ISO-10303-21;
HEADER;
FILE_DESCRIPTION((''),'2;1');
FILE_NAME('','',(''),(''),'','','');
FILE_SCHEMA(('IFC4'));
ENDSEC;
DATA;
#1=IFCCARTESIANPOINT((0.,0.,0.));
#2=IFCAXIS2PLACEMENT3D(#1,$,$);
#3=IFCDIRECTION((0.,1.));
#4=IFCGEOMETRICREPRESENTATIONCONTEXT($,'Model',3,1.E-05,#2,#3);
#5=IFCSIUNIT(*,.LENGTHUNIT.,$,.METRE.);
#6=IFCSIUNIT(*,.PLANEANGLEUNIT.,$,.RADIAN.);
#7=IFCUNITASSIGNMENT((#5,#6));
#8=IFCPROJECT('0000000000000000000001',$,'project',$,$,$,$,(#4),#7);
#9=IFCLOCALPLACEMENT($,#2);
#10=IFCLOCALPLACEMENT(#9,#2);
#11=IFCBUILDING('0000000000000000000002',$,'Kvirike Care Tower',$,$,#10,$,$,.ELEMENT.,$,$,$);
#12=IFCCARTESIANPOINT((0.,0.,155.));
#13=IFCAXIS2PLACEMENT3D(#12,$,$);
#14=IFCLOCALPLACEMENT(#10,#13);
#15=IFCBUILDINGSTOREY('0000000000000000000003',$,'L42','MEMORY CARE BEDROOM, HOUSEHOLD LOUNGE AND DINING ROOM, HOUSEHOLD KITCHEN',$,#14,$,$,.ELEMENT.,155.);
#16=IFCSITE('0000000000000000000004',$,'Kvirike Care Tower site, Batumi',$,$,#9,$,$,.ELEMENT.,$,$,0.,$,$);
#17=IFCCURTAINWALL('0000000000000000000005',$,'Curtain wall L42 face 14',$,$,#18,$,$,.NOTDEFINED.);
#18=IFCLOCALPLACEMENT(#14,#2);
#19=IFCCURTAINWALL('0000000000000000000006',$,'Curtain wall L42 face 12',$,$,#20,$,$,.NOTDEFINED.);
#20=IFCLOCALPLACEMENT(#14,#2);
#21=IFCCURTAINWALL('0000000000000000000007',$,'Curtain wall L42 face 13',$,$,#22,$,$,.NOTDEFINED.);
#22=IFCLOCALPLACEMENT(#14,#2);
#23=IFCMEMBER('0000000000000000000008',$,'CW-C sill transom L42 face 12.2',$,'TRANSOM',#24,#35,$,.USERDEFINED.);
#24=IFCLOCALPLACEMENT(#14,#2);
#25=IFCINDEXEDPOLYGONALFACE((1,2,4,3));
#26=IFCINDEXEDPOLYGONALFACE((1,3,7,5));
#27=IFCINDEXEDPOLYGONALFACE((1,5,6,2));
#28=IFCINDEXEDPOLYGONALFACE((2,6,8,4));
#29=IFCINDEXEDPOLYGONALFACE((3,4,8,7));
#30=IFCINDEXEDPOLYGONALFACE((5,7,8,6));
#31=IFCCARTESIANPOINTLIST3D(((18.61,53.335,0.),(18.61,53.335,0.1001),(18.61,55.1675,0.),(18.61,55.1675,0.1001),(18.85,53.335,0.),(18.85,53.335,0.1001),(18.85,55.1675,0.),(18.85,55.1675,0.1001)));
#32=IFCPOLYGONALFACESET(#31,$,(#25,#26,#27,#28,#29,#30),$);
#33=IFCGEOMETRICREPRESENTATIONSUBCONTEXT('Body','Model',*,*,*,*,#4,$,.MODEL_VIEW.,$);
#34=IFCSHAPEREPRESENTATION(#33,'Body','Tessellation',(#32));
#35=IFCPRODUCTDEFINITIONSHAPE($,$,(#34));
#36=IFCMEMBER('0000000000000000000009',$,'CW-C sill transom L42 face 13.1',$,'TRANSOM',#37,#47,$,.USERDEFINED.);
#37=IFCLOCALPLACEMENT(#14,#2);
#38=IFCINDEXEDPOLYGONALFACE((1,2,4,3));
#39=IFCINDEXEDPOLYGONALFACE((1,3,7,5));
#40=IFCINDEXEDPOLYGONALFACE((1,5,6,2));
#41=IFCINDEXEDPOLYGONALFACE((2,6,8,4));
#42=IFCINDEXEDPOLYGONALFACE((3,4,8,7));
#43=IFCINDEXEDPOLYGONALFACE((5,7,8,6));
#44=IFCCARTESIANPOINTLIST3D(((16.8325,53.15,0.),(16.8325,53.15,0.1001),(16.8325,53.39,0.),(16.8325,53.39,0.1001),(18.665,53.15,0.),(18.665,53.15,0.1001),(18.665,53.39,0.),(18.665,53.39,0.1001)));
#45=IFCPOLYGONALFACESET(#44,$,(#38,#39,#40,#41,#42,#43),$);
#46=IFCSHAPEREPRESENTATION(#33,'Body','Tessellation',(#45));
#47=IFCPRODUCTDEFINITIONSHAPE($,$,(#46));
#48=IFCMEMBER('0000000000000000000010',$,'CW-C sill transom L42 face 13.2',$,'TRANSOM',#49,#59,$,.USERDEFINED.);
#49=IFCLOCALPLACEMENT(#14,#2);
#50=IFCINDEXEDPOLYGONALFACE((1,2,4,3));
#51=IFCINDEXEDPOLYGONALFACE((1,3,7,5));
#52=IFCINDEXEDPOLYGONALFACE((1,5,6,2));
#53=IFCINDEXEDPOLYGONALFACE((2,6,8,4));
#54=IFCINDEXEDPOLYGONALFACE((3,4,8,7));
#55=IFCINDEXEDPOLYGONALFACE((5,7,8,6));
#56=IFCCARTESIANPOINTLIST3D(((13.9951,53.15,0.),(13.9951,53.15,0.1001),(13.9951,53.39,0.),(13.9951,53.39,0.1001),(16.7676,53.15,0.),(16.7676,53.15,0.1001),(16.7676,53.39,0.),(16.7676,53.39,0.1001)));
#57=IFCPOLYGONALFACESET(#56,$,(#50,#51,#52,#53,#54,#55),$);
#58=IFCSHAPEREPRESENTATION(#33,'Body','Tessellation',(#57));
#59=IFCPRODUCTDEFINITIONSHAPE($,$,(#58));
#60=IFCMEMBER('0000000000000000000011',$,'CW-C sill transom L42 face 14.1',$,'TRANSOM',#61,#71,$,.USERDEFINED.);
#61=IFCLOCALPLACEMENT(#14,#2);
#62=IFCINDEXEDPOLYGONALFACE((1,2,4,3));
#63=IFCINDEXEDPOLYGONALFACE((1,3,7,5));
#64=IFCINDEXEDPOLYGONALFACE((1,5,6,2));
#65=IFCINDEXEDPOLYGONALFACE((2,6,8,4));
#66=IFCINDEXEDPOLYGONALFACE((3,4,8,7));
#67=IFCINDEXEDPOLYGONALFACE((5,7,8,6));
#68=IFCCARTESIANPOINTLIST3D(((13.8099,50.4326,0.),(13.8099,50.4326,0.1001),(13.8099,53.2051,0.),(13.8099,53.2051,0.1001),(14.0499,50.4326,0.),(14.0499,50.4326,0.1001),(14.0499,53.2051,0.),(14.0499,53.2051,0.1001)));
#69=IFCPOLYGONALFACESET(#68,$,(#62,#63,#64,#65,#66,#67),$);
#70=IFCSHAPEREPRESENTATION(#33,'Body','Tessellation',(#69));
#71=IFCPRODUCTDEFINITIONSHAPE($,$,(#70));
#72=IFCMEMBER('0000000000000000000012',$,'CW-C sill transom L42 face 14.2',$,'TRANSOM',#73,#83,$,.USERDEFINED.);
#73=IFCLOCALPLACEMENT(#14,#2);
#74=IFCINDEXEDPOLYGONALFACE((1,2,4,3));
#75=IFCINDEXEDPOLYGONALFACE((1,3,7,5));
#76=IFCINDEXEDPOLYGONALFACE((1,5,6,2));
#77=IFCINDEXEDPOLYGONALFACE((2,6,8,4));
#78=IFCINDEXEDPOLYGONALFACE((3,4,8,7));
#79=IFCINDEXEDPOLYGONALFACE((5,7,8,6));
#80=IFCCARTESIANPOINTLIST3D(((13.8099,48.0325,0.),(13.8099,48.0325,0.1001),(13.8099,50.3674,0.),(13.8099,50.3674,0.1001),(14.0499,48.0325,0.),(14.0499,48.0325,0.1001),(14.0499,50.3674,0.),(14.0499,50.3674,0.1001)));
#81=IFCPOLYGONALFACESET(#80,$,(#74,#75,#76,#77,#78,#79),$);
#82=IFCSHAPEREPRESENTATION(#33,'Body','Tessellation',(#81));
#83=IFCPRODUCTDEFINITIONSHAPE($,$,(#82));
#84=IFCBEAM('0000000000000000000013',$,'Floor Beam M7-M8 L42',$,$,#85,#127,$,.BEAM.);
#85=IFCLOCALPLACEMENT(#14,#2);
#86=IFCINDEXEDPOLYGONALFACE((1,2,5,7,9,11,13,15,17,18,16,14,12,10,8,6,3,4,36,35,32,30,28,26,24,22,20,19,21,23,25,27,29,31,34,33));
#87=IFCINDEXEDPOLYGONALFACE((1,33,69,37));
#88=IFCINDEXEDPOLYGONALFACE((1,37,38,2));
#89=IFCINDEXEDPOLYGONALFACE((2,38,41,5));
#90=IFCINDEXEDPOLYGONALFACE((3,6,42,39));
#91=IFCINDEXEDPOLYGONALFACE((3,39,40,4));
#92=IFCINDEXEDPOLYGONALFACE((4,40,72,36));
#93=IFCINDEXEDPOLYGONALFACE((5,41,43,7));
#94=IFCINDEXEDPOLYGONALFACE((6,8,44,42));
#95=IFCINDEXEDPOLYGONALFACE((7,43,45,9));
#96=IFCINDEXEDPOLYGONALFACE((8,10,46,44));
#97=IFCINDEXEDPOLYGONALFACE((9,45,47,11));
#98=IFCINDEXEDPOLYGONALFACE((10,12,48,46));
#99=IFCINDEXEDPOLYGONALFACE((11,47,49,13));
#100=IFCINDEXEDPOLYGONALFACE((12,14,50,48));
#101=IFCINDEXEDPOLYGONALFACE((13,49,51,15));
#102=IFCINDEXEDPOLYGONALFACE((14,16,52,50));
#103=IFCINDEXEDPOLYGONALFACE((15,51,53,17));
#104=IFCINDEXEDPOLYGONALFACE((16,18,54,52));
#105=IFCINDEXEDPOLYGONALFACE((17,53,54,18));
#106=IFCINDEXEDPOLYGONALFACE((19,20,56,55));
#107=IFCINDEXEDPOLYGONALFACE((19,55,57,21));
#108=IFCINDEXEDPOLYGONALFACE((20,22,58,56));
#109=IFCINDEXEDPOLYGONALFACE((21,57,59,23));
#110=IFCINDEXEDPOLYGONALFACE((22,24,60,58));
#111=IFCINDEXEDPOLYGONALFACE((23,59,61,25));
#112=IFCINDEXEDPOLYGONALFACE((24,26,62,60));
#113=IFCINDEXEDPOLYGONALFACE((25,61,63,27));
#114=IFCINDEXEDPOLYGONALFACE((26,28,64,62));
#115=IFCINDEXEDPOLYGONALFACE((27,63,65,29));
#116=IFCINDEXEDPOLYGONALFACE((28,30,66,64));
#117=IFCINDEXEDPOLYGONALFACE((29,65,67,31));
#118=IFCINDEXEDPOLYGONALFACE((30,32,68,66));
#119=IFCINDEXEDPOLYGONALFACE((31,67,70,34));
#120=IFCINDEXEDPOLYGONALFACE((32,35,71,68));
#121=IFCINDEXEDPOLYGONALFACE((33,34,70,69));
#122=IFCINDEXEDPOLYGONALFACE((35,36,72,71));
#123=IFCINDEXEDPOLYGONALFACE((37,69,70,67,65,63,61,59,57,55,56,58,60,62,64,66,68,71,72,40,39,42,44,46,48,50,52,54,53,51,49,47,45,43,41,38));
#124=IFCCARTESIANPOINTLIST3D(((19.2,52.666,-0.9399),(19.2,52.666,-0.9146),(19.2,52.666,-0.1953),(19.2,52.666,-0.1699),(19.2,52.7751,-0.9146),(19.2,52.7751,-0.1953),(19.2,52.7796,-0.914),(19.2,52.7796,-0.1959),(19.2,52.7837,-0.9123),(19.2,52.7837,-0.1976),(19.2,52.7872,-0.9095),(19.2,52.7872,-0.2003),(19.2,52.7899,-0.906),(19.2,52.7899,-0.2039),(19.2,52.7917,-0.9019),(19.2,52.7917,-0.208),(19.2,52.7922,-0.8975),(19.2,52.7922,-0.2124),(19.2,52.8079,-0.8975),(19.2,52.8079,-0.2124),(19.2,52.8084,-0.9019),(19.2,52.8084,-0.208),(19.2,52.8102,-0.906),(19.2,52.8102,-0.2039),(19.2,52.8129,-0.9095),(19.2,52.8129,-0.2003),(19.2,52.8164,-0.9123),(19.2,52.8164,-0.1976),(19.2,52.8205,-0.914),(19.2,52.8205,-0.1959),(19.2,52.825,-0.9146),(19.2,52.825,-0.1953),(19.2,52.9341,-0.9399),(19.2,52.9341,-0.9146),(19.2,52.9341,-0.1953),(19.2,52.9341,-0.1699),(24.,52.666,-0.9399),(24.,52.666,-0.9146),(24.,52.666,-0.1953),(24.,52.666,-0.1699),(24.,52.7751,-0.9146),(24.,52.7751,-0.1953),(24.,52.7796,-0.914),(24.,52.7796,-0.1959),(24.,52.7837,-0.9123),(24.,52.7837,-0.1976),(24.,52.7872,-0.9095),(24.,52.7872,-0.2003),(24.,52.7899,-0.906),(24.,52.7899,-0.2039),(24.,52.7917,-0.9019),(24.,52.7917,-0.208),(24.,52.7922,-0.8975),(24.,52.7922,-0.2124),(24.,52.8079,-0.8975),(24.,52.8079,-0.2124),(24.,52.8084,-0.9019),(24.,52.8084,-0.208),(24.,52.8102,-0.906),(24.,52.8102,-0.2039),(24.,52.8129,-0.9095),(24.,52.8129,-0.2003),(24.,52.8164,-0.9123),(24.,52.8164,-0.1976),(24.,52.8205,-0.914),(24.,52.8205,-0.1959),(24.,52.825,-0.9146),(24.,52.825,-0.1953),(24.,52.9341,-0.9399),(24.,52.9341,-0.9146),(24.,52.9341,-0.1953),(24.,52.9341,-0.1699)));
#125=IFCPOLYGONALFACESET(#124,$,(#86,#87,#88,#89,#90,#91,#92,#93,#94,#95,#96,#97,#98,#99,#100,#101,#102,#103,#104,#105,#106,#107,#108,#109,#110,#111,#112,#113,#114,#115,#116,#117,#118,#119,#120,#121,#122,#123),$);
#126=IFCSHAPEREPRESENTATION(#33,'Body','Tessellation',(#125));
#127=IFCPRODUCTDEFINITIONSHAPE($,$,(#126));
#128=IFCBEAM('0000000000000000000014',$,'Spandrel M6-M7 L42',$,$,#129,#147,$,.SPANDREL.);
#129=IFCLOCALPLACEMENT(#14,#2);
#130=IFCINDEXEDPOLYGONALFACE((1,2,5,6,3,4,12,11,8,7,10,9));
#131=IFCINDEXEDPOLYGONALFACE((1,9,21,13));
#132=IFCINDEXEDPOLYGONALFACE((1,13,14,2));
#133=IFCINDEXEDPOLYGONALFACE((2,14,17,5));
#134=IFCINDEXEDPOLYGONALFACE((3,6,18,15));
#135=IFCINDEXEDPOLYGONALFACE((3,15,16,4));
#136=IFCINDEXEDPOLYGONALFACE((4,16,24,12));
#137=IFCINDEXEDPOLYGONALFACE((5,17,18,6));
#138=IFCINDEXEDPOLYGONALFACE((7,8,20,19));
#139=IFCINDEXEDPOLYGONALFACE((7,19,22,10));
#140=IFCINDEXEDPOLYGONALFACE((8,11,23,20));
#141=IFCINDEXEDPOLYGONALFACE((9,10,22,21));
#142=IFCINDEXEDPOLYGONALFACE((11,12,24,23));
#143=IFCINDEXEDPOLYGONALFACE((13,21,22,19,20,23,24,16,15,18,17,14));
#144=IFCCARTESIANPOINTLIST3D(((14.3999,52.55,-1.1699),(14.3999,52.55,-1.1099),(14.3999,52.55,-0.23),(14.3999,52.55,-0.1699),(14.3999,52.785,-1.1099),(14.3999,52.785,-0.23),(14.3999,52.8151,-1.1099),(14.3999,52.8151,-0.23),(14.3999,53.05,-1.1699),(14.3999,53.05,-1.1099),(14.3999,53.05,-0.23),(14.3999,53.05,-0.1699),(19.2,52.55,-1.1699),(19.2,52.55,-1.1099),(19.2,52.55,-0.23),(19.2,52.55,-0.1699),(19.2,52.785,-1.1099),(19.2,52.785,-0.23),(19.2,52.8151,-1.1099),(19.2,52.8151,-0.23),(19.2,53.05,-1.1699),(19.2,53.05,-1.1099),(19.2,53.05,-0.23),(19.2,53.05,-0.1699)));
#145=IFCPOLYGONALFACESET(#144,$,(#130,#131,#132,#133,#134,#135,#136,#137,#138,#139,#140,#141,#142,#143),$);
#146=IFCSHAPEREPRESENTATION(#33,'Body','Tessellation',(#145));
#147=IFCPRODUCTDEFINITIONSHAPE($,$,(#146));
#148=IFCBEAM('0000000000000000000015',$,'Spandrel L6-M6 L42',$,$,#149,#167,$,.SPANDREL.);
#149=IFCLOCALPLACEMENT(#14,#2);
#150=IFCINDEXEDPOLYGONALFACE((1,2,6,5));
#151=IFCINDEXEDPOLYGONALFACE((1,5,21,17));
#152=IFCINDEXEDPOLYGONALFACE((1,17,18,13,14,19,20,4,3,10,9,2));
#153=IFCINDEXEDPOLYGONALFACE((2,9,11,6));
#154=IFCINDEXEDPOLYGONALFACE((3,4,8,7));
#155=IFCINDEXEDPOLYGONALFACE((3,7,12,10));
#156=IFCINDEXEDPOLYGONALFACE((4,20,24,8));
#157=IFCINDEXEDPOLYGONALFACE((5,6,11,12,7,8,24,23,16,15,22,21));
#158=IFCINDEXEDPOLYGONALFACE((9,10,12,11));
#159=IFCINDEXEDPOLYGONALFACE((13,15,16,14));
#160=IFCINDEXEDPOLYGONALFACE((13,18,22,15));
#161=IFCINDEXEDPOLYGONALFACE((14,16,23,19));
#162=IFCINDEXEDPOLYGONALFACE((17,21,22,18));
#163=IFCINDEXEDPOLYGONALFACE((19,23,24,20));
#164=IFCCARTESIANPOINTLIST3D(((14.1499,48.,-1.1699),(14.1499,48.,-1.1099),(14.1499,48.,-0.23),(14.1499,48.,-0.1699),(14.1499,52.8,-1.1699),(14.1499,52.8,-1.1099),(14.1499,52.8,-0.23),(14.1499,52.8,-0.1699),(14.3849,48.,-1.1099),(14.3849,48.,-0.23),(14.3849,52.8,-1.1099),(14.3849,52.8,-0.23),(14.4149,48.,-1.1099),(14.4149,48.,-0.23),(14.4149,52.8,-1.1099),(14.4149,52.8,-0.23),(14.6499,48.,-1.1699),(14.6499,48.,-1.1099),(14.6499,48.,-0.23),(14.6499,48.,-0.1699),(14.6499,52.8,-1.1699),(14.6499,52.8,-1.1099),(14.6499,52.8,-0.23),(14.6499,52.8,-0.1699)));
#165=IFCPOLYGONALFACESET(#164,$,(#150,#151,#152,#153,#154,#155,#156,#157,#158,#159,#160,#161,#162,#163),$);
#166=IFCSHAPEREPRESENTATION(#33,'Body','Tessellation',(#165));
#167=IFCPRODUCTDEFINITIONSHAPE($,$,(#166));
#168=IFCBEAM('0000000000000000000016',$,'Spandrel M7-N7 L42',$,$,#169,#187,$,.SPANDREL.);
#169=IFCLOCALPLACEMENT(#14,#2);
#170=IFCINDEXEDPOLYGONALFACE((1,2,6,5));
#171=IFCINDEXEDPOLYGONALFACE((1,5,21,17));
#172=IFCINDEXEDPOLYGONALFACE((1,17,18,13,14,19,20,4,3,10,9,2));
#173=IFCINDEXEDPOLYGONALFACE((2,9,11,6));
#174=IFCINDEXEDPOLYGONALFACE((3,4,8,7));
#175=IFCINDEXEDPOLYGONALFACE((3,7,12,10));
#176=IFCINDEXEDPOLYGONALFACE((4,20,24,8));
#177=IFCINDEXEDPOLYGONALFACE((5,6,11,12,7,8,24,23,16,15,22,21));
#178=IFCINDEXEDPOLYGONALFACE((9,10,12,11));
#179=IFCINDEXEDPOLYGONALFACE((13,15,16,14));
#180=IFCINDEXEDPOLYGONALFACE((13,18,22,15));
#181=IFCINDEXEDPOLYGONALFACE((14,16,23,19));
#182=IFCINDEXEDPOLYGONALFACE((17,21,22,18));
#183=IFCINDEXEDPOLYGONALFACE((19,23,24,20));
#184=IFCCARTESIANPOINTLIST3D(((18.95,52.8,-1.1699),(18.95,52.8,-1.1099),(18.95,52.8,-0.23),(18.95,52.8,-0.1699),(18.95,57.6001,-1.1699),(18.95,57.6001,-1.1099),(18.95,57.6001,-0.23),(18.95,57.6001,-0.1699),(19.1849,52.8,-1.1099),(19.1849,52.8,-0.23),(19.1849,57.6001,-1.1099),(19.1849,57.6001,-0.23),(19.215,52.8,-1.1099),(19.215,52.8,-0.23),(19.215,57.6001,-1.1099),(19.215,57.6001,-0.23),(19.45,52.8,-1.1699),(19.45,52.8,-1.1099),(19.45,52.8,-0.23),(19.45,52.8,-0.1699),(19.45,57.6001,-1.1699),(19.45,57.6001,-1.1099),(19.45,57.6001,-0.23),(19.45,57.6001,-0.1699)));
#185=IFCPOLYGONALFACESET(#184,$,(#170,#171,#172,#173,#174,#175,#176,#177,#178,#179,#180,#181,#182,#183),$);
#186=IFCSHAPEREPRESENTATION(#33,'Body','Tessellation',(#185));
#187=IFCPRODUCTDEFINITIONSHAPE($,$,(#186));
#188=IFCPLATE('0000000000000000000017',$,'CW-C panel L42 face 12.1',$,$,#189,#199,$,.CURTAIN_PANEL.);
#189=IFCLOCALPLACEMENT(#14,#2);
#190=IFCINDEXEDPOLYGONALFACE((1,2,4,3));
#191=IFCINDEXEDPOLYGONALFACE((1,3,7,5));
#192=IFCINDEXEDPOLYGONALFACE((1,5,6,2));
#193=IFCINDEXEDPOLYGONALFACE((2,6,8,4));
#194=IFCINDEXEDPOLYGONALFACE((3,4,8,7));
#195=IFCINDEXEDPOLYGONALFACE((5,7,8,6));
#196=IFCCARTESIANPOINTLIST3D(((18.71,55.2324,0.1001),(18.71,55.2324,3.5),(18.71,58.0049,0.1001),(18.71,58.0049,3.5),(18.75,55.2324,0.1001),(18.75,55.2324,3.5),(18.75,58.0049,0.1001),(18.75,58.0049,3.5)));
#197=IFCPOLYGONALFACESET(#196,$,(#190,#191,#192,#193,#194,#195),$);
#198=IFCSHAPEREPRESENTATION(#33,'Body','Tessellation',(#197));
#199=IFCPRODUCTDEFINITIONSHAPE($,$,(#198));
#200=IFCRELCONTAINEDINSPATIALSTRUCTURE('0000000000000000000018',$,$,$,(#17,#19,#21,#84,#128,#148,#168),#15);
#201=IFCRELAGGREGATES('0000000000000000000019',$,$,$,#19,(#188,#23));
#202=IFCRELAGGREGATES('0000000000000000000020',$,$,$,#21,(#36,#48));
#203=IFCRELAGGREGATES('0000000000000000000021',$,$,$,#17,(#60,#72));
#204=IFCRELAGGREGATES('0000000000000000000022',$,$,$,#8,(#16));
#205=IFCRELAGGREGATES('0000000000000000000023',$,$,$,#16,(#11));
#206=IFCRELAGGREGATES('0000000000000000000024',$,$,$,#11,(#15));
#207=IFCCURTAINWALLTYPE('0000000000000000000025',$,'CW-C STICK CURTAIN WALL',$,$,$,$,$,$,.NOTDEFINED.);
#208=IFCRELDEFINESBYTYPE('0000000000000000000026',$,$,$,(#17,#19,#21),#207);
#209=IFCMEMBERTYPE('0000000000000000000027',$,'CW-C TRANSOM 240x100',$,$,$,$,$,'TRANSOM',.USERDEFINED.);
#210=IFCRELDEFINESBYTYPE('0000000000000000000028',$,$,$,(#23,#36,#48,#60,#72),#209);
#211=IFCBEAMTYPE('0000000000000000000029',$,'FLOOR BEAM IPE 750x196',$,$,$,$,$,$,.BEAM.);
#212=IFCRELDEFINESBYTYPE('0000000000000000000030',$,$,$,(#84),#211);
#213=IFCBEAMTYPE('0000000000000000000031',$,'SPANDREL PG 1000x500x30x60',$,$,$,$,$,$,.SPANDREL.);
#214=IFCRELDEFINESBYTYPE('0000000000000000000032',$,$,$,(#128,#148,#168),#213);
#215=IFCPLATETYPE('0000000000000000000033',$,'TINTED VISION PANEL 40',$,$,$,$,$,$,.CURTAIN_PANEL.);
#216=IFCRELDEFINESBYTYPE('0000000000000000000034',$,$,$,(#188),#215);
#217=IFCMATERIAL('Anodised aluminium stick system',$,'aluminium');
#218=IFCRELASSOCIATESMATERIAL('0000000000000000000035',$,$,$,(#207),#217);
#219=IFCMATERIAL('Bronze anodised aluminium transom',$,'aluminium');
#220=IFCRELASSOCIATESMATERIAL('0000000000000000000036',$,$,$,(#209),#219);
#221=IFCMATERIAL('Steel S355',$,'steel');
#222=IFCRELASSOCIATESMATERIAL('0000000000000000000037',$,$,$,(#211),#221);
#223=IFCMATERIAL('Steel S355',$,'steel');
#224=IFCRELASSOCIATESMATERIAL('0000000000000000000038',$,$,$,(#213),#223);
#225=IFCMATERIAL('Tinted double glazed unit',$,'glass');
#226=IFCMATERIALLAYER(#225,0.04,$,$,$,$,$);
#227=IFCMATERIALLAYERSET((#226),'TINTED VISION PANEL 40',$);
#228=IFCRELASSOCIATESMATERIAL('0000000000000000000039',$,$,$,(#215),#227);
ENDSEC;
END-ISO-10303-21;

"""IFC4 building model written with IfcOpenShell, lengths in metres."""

from ifc_helpers import new_model, si_unit, direction, frame, origin, origin_2d, place, context, subcontext, project, spatial, rectangle, i_section, extrude, material, layer, layer_set, material_profile, profile_set, type_object, element, aggregate, save


model = new_model("IFC4")

# Units and contexts
model_context = context("Model", 3, precision=1e-05, world=origin(), true_north=direction((0.0, 1.0)))
body_context = subcontext(model_context, "Body", "Model", "MODEL_VIEW")
ifc_project = project(units=[si_unit("LENGTHUNIT", "METRE"), si_unit("PLANEANGLEUNIT", "RADIAN")], contexts=[model_context])

# Site, building, storey
site_placement = place(None, origin())
site = spatial("IfcSite", under=ifc_project, at=site_placement, Name="Kvirike Care Tower site, Batumi", CompositionType="ELEMENT", RefElevation=0.0)
building_placement = place(site_placement, origin())
building = spatial("IfcBuilding", under=site, at=building_placement, Name="Kvirike Care Tower", CompositionType="ELEMENT")
storey_placement = place(building_placement, frame((0.0, 0.0, 155.0)))
storey = spatial("IfcBuildingStorey", under=building, at=storey_placement, Name="L42", Description="MEMORY CARE BEDROOM, HOUSEHOLD LOUNGE AND DINING ROOM, HOUSEHOLD KITCHEN", CompositionType="ELEMENT", Elevation=155.0)

# Curtain wall
ifc_material_1 = material(Name="Anodised aluminium stick system", Category="aluminium")
curtain_wall_type = type_object("IfcCurtainWallType", Name="CW-C STICK CURTAIN WALL", PredefinedType="NOTDEFINED", material=ifc_material_1)
curtain_wall_1_placement = place(storey_placement, origin())
curtain_wall_1 = element("IfcCurtainWall", 1, at=curtain_wall_1_placement, inside=storey, type_object=curtain_wall_type, Name="Curtain wall L42 face 14", PredefinedType="NOTDEFINED")

# Curtain walls
curtain_wall_2_placement = place(storey_placement, origin())
curtain_wall_2 = element("IfcCurtainWall", 2, at=curtain_wall_2_placement, inside=storey, type_object=curtain_wall_type, Name="Curtain wall L42 face 12", PredefinedType="NOTDEFINED")
curtain_wall_3_placement = place(storey_placement, origin())
curtain_wall_3 = element("IfcCurtainWall", 3, at=curtain_wall_3_placement, inside=storey, type_object=curtain_wall_type, Name="Curtain wall L42 face 13", PredefinedType="NOTDEFINED")

# Members
ifc_material_2 = material(Name="Bronze anodised aluminium transom", Category="aluminium")
ifc_material_profile_1 = material_profile(ifc_material_2, rectangle(XDim=0.24, YDim=0.1001, at=origin_2d()), Name="CW-C TRANSOM 240x100")
ifc_profile_set_1 = profile_set([ifc_material_profile_1], Name="Bronze anodised aluminium transom")
member_type_1 = type_object("IfcMemberType", Name="CW-C TRANSOM 240x100", ElementType="TRANSOM", PredefinedType="USERDEFINED", material=ifc_profile_set_1)
member_1_placement = place(storey_placement, frame((18.73, 55.1675, 0.05), z_axis=(0.0, -1.0, 0.0), x_axis=(1.0, 0.0, 0.0)))
member_1 = element("IfcMember", 4, at=member_1_placement, type_object=member_type_1, Name="CW-C sill transom L42 face 12.2", ObjectType="TRANSOM", PredefinedType="USERDEFINED", context=body_context, shape_type="SweptSolid", body=[
    extrude(rectangle(XDim=0.24, YDim=0.1001, at=origin_2d()), origin(), (0.0, 0.0, 1.0), 1.8325),
])
member_2_placement = place(storey_placement, frame((18.665, 53.27, 0.05), z_axis=(-1.0, 0.0, 0.0), x_axis=(0.0, -1.0, 0.0)))
member_2 = element("IfcMember", 5, at=member_2_placement, type_object=member_type_1, Name="CW-C sill transom L42 face 13.1", ObjectType="TRANSOM", PredefinedType="USERDEFINED", context=body_context, shape_type="SweptSolid", body=[
    extrude(rectangle(XDim=0.24, YDim=0.1001, at=origin_2d()), origin(), (0.0, 0.0, 1.0), 1.8325),
])
member_3_placement = place(storey_placement, frame((16.7676, 53.27, 0.05), z_axis=(-1.0, 0.0, 0.0), x_axis=(0.0, -1.0, 0.0)))
member_3 = element("IfcMember", 6, at=member_3_placement, type_object=member_type_1, Name="CW-C sill transom L42 face 13.2", ObjectType="TRANSOM", PredefinedType="USERDEFINED", context=body_context, shape_type="SweptSolid", body=[
    extrude(rectangle(XDim=0.24, YDim=0.1001, at=origin_2d()), origin(), (0.0, 0.0, 1.0), 2.7725),
])
member_4_placement = place(storey_placement, frame((13.9299, 53.2051, 0.05), z_axis=(0.0, -1.0, 0.0), x_axis=(1.0, 0.0, 0.0)))
member_4 = element("IfcMember", 7, at=member_4_placement, type_object=member_type_1, Name="CW-C sill transom L42 face 14.1", ObjectType="TRANSOM", PredefinedType="USERDEFINED", context=body_context, shape_type="SweptSolid", body=[
    extrude(rectangle(XDim=0.24, YDim=0.1001, at=origin_2d()), origin(), (0.0, 0.0, 1.0), 2.7725),
])
member_5_placement = place(storey_placement, frame((13.9299, 50.3674, 0.05), z_axis=(0.0, -1.0, 0.0), x_axis=(1.0, 0.0, 0.0)))
member_5 = element("IfcMember", 8, at=member_5_placement, type_object=member_type_1, Name="CW-C sill transom L42 face 14.2", ObjectType="TRANSOM", PredefinedType="USERDEFINED", context=body_context, shape_type="SweptSolid", body=[
    extrude(rectangle(XDim=0.24, YDim=0.1001, at=origin_2d()), origin(), (0.0, 0.0, 1.0), 2.335),
])

# Beams
ifc_material_3 = material(Name="Steel S355", Category="steel")
ifc_material_profile_2 = material_profile(ifc_material_3, i_section(OverallWidth=0.2681, OverallDepth=0.77, WebThickness=0.0156, FlangeThickness=0.0254, FilletRadius=0.0171, at=origin_2d()), Name="IPE 750x196")
ifc_profile_set_2 = profile_set([ifc_material_profile_2], Name="Steel S355")
beam_type_1 = type_object("IfcBeamType", Name="FLOOR BEAM IPE 750x196", PredefinedType="BEAM", material=ifc_profile_set_2)
beam_placement = place(storey_placement, frame((19.2, 52.8, -0.5549), z_axis=(1.0, 0.0, 0.0), x_axis=(0.0, 1.0, 0.0)))
element("IfcBeam", 9, at=beam_placement, inside=storey, type_object=beam_type_1, Name="Floor Beam M7-M8 L42", PredefinedType="BEAM", context=body_context, shape_type="SweptSolid", body=[
    extrude(i_section(OverallWidth=0.2681, OverallDepth=0.77, WebThickness=0.0156, FlangeThickness=0.0254, FilletRadius=0.0171, at=origin_2d()), origin(), (0.0, 0.0, 1.0), 4.8),
])
ifc_material_4 = material(Name="Steel S355", Category="steel")
ifc_material_profile_3 = material_profile(ifc_material_4, i_section(OverallWidth=0.5, OverallDepth=1.0, WebThickness=0.03, FlangeThickness=0.0601, at=origin_2d()), Name="PG 1000x500x30x60")
ifc_profile_set_3 = profile_set([ifc_material_profile_3], Name="Steel S355")
beam_type_2 = type_object("IfcBeamType", Name="SPANDREL PG 1000x500x30x60", PredefinedType="SPANDREL", material=ifc_profile_set_3)
for number, where, z_axis, x_axis, name in (
    (10, (14.3999, 52.8, -0.6699), (1.0, 0.0, 0.0), (0.0, 1.0, 0.0), "Spandrel M6-M7 L42"),
    (11, (14.3999, 48.0, -0.6699), (0.0, 1.0, 0.0), (-1.0, 0.0, 0.0), "Spandrel L6-M6 L42"),
    (12, (19.2, 52.8, -0.6699), (0.0, 1.0, 0.0), (-1.0, 0.0, 0.0), "Spandrel M7-N7 L42"),
):
    element("IfcBeam", number, at=place(storey_placement, frame(where, z_axis=z_axis, x_axis=x_axis)), inside=storey, type_object=beam_type_2, Name=name, PredefinedType="SPANDREL", context=body_context, shape_type="SweptSolid", body=[
        extrude(i_section(OverallWidth=0.5, OverallDepth=1.0, WebThickness=0.03, FlangeThickness=0.0601, at=origin_2d()), origin(), (0.0, 0.0, 1.0), 4.8),
    ])

# Plate
ifc_material_5 = material(Name="Tinted double glazed unit", Category="glass")
ifc_layer_1 = layer(ifc_material_5, 0.04)
ifc_layer_set_1 = layer_set([ifc_layer_1], Name="TINTED VISION PANEL 40")
plate_type = type_object("IfcPlateType", Name="TINTED VISION PANEL 40", PredefinedType="CURTAIN_PANEL", material=ifc_layer_set_1)
plate_1_placement = place(storey_placement, frame((18.73, 56.6187, 0.1001), z_axis=(0.0, 0.0, 1.0), x_axis=(0.0, -1.0, 0.0)))
plate_1 = element("IfcPlate", 13, at=plate_1_placement, type_object=plate_type, Name="CW-C panel L42 face 12.1", PredefinedType="CURTAIN_PANEL", context=body_context, shape_type="SweptSolid", body=[
    extrude(rectangle(XDim=2.7725, YDim=0.04, at=origin_2d()), origin(), (0.0, 0.0, 1.0), 3.3999),
])
aggregate(curtain_wall_2, [plate_1, member_1])
aggregate(curtain_wall_3, [member_2, member_3])
aggregate(curtain_wall_1, [member_4, member_5])

save(model, "model.ifc")
